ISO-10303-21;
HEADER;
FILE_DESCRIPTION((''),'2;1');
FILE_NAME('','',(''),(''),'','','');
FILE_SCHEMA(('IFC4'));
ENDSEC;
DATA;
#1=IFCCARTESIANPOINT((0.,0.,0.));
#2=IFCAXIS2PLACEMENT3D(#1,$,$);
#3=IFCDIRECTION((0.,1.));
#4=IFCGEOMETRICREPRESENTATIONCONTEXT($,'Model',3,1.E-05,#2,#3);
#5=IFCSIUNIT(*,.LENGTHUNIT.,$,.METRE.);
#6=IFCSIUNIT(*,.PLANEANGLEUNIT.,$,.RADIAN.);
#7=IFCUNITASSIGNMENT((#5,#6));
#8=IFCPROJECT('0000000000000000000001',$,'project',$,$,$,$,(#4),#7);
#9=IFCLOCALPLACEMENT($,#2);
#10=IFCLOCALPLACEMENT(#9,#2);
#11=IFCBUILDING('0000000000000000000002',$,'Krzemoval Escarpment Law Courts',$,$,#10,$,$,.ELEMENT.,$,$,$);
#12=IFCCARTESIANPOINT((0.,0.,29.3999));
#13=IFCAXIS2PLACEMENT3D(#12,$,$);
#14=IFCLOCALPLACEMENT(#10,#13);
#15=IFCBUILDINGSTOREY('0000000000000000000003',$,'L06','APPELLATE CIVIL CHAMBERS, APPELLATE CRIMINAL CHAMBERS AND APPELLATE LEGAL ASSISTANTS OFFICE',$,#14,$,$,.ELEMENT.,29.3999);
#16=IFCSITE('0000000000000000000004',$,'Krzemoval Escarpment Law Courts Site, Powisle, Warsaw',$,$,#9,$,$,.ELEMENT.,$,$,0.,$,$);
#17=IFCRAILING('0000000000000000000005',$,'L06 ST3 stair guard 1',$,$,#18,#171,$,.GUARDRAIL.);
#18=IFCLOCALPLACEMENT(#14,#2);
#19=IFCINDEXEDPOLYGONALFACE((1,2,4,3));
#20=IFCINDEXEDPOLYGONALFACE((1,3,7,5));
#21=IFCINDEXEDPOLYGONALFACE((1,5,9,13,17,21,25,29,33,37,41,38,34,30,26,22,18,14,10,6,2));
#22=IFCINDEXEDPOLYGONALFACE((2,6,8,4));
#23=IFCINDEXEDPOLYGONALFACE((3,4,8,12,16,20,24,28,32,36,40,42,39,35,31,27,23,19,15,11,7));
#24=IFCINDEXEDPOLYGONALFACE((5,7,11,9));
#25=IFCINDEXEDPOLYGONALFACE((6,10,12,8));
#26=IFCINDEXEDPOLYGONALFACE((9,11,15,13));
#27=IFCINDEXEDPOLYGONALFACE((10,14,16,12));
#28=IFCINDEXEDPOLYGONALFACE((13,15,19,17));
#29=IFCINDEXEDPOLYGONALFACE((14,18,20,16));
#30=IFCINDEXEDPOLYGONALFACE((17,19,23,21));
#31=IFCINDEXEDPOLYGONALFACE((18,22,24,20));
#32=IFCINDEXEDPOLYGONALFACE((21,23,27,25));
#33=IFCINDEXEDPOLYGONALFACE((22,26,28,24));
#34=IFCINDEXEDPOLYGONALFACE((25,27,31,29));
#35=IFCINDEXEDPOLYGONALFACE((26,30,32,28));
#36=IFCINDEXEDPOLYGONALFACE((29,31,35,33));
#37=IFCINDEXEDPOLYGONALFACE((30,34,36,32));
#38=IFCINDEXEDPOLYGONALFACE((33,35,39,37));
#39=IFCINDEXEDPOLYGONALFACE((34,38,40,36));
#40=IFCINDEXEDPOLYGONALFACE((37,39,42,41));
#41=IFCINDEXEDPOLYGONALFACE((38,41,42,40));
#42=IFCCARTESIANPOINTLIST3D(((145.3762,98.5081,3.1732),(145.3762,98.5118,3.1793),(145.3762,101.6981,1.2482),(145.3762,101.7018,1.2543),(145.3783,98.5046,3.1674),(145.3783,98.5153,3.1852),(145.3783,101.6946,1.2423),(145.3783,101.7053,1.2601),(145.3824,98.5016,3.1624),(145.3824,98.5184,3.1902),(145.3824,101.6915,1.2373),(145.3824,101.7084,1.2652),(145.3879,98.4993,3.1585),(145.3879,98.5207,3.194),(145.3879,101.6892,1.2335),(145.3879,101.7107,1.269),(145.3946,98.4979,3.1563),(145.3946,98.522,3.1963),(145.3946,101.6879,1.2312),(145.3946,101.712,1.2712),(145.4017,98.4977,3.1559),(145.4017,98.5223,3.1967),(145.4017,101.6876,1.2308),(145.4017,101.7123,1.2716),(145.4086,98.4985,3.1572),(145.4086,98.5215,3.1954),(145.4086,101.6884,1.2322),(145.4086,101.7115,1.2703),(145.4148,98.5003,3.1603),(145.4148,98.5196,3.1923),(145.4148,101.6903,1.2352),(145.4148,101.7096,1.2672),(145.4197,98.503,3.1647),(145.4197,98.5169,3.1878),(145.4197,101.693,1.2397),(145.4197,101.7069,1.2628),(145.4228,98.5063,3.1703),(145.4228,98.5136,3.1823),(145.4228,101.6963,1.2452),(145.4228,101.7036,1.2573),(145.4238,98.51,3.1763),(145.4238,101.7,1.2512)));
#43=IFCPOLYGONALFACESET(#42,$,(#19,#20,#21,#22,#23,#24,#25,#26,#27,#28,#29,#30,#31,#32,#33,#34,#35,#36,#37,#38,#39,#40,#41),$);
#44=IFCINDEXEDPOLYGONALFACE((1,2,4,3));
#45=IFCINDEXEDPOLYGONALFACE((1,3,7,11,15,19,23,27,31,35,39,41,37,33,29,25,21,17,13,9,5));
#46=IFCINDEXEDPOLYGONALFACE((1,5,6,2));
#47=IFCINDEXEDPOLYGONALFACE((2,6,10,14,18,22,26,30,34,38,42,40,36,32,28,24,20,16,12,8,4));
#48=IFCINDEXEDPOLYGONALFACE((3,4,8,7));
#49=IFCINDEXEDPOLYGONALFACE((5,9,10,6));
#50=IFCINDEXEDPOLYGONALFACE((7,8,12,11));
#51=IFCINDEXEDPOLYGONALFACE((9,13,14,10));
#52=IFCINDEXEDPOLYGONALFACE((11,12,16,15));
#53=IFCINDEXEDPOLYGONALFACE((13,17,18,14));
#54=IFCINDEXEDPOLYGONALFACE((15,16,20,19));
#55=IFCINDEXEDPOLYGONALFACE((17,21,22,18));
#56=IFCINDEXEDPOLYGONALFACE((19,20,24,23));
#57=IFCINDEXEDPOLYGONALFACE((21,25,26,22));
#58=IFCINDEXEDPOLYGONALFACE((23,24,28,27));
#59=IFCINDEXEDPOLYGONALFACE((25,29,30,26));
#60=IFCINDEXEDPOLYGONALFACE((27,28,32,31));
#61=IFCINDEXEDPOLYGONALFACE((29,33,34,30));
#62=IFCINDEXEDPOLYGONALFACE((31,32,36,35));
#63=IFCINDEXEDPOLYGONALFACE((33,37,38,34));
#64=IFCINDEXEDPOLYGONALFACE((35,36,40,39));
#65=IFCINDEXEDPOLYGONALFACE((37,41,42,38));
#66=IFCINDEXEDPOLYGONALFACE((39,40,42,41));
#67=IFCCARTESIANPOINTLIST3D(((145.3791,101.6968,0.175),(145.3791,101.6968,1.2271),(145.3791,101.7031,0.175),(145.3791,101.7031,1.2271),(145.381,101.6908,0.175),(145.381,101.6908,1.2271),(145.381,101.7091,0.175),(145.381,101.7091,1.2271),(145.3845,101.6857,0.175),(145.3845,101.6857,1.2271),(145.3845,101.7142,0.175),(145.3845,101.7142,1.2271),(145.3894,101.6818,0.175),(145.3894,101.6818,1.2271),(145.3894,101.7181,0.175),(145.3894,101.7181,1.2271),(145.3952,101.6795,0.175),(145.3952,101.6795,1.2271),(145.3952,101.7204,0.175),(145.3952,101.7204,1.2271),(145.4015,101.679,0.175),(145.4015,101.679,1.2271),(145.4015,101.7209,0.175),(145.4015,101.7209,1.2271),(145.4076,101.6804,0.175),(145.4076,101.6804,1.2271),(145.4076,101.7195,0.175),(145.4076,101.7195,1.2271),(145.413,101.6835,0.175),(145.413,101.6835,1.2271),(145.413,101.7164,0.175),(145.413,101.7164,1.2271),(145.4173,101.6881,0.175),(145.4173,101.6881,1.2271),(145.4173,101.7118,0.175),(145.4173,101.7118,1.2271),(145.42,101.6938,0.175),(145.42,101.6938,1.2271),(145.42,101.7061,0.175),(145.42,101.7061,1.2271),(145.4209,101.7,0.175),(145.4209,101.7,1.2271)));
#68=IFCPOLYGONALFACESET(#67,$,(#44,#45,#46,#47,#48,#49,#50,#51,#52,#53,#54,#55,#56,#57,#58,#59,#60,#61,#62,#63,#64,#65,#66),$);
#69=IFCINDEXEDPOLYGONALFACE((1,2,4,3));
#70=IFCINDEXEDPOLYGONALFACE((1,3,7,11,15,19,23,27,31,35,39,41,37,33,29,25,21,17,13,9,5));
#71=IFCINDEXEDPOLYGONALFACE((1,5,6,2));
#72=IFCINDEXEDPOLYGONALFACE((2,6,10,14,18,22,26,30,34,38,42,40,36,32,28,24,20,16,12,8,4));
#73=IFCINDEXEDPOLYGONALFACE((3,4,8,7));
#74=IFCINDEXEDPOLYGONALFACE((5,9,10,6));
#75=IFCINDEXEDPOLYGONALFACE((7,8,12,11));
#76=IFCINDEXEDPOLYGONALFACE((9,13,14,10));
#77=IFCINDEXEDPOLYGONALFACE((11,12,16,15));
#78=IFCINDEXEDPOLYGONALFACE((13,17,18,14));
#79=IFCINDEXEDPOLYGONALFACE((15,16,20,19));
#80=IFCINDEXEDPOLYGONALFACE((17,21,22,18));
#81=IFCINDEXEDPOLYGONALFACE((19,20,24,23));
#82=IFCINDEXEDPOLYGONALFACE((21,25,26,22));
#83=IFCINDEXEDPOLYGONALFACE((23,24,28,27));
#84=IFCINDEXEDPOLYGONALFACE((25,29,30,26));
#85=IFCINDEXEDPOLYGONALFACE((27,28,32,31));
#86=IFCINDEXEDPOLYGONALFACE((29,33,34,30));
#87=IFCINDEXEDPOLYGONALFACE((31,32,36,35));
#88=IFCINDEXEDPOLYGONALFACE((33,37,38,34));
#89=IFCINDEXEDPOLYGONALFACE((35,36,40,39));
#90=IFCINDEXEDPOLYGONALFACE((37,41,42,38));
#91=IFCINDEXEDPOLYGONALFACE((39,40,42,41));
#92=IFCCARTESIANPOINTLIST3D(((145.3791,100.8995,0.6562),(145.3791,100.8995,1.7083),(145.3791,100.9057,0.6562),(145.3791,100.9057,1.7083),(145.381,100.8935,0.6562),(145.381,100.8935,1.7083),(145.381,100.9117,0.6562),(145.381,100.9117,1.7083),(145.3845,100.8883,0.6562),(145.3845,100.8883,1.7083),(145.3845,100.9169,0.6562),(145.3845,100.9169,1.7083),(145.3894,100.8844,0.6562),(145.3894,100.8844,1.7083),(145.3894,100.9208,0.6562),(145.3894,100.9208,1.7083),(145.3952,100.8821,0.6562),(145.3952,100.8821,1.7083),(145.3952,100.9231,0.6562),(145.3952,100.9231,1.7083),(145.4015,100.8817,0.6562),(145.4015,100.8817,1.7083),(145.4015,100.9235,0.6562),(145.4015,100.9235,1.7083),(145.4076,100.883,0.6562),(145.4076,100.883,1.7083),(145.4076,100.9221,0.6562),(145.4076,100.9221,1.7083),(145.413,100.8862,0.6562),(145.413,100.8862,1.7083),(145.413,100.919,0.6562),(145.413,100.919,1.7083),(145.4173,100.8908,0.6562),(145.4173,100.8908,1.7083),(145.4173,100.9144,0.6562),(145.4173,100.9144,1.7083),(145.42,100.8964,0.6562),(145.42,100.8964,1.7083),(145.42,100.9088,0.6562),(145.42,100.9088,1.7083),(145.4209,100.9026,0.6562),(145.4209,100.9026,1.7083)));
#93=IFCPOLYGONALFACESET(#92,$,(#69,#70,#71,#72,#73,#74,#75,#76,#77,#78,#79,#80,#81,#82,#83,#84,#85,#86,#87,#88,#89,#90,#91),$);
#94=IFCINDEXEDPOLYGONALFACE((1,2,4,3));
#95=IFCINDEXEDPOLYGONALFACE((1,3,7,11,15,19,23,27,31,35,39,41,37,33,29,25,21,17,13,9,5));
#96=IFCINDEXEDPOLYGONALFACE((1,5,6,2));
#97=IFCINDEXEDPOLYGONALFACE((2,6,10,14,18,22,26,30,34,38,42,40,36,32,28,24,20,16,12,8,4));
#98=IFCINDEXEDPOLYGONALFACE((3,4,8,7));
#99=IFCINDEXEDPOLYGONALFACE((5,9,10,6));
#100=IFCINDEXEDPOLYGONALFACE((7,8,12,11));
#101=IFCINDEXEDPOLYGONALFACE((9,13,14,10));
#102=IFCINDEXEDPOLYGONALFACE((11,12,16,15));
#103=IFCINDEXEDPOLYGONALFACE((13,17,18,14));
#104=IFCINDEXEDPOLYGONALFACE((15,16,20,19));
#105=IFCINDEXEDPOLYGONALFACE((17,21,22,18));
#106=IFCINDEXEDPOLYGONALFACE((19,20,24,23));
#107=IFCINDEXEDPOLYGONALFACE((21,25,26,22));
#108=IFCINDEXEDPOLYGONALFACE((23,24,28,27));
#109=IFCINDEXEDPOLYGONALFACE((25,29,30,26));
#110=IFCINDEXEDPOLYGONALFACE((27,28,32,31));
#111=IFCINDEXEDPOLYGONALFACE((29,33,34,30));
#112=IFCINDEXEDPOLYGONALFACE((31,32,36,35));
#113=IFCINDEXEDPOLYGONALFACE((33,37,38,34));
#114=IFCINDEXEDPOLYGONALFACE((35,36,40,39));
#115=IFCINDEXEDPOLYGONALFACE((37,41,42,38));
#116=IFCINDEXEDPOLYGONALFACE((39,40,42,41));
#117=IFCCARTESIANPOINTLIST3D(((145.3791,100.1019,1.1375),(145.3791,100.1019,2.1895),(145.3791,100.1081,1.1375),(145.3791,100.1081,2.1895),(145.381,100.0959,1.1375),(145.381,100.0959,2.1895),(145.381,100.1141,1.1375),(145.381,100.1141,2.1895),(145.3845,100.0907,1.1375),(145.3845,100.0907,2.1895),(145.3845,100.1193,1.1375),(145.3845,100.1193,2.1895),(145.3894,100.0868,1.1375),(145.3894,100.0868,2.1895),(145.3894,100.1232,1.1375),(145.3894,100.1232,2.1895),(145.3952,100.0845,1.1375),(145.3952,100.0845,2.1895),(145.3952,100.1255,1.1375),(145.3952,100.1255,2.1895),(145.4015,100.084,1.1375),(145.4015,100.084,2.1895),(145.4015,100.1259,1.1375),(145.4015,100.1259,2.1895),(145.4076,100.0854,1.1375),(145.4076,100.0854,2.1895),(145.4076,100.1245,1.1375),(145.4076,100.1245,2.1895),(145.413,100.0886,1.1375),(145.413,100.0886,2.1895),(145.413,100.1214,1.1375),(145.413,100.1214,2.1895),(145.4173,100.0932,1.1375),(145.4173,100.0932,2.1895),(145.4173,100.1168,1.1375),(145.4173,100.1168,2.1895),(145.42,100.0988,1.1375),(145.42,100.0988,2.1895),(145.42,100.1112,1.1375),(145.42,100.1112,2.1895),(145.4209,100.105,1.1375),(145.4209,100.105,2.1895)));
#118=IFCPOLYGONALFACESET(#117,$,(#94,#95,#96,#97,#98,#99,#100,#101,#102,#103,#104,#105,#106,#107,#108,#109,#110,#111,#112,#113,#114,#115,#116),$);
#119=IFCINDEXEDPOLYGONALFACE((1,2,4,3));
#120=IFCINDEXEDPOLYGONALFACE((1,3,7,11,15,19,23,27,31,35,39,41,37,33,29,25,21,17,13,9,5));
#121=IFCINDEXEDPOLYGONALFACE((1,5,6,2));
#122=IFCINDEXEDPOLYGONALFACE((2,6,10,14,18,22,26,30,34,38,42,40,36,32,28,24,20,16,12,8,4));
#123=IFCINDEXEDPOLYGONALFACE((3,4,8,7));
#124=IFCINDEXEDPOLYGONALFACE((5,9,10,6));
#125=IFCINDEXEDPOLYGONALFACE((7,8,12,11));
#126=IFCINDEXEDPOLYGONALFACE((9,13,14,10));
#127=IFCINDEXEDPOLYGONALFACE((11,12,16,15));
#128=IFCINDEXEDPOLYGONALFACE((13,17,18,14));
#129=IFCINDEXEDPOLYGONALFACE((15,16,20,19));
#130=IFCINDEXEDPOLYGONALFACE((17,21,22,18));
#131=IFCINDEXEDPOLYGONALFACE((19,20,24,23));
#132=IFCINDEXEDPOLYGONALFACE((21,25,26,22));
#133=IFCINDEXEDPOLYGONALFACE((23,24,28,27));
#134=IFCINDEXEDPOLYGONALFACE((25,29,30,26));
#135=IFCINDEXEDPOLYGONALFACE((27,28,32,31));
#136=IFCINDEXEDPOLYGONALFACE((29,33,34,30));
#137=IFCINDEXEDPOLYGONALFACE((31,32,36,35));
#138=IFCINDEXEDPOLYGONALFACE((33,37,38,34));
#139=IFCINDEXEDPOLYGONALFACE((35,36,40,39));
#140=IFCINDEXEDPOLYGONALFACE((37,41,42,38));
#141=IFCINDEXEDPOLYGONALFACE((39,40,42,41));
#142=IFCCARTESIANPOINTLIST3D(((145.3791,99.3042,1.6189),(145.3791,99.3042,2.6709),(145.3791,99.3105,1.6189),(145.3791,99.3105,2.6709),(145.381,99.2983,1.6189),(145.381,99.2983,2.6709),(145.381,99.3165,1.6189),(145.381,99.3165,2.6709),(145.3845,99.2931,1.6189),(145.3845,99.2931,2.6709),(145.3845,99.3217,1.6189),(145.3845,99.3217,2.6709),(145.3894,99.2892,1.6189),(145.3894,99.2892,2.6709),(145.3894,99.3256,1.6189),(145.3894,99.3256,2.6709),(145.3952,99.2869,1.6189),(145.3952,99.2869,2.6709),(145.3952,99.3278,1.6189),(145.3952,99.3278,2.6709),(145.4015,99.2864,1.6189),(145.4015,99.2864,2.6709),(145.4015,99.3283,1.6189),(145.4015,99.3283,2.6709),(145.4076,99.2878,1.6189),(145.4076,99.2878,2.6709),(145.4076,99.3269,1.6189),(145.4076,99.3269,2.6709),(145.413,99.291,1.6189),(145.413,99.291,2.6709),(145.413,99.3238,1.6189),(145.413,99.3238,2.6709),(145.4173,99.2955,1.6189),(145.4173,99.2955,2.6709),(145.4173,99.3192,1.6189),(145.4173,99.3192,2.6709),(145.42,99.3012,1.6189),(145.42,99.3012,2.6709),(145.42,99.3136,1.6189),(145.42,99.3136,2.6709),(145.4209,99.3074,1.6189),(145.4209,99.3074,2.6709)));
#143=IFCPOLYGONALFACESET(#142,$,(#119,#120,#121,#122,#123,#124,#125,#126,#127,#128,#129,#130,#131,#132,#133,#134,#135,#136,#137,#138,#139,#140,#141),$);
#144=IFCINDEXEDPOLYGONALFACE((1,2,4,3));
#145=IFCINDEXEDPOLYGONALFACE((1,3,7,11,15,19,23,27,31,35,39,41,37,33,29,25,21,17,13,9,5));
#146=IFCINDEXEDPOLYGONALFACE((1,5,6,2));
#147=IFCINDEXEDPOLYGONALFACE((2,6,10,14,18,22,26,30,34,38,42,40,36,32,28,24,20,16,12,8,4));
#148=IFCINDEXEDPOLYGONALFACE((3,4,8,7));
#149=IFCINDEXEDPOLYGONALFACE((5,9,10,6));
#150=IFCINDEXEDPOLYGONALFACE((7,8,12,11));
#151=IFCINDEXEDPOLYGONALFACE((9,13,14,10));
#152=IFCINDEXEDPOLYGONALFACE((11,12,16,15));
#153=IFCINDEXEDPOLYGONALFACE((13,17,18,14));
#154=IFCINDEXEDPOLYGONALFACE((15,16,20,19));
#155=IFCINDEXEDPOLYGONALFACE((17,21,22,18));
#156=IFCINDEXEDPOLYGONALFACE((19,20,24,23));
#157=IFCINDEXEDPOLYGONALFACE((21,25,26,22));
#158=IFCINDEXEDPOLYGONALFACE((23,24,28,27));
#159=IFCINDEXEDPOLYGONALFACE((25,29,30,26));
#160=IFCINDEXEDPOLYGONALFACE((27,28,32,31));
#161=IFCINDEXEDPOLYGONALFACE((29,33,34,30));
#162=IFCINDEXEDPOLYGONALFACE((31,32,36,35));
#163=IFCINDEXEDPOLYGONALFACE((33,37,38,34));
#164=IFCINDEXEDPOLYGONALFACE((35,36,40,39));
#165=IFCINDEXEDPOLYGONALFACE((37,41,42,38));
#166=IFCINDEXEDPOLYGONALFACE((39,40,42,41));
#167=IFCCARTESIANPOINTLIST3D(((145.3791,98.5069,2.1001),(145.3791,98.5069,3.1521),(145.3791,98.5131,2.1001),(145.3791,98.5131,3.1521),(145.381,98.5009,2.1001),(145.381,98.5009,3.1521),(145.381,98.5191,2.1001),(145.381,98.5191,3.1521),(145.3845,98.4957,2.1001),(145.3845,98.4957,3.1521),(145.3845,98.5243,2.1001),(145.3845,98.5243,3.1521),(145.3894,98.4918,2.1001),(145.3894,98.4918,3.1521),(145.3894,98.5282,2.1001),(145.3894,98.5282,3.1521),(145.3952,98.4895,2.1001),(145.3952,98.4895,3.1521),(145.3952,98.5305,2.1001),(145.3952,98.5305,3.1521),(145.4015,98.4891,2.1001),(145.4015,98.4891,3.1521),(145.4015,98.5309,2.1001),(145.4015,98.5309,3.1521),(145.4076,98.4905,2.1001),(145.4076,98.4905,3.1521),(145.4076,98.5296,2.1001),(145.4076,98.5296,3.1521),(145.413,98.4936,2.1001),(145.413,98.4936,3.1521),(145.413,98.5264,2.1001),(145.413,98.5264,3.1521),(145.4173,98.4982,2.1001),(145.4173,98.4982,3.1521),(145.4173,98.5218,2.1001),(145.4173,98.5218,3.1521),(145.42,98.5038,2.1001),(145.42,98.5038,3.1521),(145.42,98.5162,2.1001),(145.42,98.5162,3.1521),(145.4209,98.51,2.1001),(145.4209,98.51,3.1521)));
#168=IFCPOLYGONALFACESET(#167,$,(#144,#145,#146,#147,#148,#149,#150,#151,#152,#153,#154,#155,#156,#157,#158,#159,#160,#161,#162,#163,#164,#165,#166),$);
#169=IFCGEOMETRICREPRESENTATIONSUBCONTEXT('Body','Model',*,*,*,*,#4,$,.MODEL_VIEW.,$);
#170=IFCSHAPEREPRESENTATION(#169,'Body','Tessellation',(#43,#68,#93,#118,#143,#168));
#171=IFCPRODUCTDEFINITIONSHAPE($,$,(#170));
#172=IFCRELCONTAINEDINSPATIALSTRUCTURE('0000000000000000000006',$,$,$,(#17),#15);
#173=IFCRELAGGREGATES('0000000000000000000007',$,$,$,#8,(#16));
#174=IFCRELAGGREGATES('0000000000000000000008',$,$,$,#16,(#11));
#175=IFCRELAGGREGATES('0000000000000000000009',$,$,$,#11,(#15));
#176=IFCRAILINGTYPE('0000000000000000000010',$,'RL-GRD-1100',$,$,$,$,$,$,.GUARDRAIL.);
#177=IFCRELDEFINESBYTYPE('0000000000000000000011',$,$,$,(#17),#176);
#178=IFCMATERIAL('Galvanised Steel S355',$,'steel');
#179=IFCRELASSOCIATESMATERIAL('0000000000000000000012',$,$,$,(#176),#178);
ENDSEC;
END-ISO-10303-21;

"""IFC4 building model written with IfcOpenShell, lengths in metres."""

from ifc_helpers import new_model, si_unit, direction, frame, origin, origin_2d, place, context, subcontext, project, spatial, circle, extrude, material, type_object, element, save


model = new_model("IFC4")

# Units and contexts
model_context = context("Model", 3, precision=1e-05, world=origin(), true_north=direction((0.0, 1.0)))
body_context = subcontext(model_context, "Body", "Model", "MODEL_VIEW")
ifc_project = project(units=[si_unit("LENGTHUNIT", "METRE"), si_unit("PLANEANGLEUNIT", "RADIAN")], contexts=[model_context])

# Site, building, storey
site_placement = place(None, origin())
site = spatial("IfcSite", under=ifc_project, at=site_placement, Name="Krzemoval Escarpment Law Courts Site, Powisle, Warsaw", CompositionType="ELEMENT", RefElevation=0.0)
building_placement = place(site_placement, origin())
building = spatial("IfcBuilding", under=site, at=building_placement, Name="Krzemoval Escarpment Law Courts", CompositionType="ELEMENT")
storey_placement = place(building_placement, frame((0.0, 0.0, 29.3999)))
storey = spatial("IfcBuildingStorey", under=building, at=storey_placement, Name="L06", Description="APPELLATE CIVIL CHAMBERS, APPELLATE CRIMINAL CHAMBERS AND APPELLATE LEGAL ASSISTANTS OFFICE", CompositionType="ELEMENT", Elevation=29.3999)

# Railing
ifc_material_1 = material(Name="Galvanised Steel S355", Category="steel")
railing_type_1 = type_object("IfcRailingType", Name="RL-GRD-1100", PredefinedType="GUARDRAIL", material=ifc_material_1)
railing_1_placement = place(storey_placement, frame((145.3999, 101.7, 0.175)))
element("IfcRailing", 1, at=railing_1_placement, inside=storey, type_object=railing_type_1, Name="L06 ST3 stair guard 1", PredefinedType="GUARDRAIL", context=body_context, shape_type="SweptSolid", body=[
    extrude(circle(Radius=0.0239, at=origin_2d()), frame((0.0, 0.0, 1.0762), z_axis=(0.0, -0.856178, 0.516682), x_axis=(1.0, 0.0, 0.0)), (0.0, 0.0, 1.0), 3.7258),
    extrude(circle(Radius=0.021, at=origin_2d()), origin(), (0.0, 0.0, 1.0), 1.052),
    extrude(circle(Radius=0.021, at=origin_2d()), frame((0.0, -0.7974, 0.4812)), (0.0, 0.0, 1.0), 1.052),
    extrude(circle(Radius=0.021, at=origin_2d()), frame((0.0, -1.595, 0.9624)), (0.0, 0.0, 1.0), 1.052),
    extrude(circle(Radius=0.021, at=origin_2d()), frame((0.0, -2.3926, 1.4438)), (0.0, 0.0, 1.0), 1.052),
    extrude(circle(Radius=0.021, at=origin_2d()), frame((0.0, -3.1899, 1.925)), (0.0, 0.0, 1.0), 1.052),
])

save(model, "model.ifc")
